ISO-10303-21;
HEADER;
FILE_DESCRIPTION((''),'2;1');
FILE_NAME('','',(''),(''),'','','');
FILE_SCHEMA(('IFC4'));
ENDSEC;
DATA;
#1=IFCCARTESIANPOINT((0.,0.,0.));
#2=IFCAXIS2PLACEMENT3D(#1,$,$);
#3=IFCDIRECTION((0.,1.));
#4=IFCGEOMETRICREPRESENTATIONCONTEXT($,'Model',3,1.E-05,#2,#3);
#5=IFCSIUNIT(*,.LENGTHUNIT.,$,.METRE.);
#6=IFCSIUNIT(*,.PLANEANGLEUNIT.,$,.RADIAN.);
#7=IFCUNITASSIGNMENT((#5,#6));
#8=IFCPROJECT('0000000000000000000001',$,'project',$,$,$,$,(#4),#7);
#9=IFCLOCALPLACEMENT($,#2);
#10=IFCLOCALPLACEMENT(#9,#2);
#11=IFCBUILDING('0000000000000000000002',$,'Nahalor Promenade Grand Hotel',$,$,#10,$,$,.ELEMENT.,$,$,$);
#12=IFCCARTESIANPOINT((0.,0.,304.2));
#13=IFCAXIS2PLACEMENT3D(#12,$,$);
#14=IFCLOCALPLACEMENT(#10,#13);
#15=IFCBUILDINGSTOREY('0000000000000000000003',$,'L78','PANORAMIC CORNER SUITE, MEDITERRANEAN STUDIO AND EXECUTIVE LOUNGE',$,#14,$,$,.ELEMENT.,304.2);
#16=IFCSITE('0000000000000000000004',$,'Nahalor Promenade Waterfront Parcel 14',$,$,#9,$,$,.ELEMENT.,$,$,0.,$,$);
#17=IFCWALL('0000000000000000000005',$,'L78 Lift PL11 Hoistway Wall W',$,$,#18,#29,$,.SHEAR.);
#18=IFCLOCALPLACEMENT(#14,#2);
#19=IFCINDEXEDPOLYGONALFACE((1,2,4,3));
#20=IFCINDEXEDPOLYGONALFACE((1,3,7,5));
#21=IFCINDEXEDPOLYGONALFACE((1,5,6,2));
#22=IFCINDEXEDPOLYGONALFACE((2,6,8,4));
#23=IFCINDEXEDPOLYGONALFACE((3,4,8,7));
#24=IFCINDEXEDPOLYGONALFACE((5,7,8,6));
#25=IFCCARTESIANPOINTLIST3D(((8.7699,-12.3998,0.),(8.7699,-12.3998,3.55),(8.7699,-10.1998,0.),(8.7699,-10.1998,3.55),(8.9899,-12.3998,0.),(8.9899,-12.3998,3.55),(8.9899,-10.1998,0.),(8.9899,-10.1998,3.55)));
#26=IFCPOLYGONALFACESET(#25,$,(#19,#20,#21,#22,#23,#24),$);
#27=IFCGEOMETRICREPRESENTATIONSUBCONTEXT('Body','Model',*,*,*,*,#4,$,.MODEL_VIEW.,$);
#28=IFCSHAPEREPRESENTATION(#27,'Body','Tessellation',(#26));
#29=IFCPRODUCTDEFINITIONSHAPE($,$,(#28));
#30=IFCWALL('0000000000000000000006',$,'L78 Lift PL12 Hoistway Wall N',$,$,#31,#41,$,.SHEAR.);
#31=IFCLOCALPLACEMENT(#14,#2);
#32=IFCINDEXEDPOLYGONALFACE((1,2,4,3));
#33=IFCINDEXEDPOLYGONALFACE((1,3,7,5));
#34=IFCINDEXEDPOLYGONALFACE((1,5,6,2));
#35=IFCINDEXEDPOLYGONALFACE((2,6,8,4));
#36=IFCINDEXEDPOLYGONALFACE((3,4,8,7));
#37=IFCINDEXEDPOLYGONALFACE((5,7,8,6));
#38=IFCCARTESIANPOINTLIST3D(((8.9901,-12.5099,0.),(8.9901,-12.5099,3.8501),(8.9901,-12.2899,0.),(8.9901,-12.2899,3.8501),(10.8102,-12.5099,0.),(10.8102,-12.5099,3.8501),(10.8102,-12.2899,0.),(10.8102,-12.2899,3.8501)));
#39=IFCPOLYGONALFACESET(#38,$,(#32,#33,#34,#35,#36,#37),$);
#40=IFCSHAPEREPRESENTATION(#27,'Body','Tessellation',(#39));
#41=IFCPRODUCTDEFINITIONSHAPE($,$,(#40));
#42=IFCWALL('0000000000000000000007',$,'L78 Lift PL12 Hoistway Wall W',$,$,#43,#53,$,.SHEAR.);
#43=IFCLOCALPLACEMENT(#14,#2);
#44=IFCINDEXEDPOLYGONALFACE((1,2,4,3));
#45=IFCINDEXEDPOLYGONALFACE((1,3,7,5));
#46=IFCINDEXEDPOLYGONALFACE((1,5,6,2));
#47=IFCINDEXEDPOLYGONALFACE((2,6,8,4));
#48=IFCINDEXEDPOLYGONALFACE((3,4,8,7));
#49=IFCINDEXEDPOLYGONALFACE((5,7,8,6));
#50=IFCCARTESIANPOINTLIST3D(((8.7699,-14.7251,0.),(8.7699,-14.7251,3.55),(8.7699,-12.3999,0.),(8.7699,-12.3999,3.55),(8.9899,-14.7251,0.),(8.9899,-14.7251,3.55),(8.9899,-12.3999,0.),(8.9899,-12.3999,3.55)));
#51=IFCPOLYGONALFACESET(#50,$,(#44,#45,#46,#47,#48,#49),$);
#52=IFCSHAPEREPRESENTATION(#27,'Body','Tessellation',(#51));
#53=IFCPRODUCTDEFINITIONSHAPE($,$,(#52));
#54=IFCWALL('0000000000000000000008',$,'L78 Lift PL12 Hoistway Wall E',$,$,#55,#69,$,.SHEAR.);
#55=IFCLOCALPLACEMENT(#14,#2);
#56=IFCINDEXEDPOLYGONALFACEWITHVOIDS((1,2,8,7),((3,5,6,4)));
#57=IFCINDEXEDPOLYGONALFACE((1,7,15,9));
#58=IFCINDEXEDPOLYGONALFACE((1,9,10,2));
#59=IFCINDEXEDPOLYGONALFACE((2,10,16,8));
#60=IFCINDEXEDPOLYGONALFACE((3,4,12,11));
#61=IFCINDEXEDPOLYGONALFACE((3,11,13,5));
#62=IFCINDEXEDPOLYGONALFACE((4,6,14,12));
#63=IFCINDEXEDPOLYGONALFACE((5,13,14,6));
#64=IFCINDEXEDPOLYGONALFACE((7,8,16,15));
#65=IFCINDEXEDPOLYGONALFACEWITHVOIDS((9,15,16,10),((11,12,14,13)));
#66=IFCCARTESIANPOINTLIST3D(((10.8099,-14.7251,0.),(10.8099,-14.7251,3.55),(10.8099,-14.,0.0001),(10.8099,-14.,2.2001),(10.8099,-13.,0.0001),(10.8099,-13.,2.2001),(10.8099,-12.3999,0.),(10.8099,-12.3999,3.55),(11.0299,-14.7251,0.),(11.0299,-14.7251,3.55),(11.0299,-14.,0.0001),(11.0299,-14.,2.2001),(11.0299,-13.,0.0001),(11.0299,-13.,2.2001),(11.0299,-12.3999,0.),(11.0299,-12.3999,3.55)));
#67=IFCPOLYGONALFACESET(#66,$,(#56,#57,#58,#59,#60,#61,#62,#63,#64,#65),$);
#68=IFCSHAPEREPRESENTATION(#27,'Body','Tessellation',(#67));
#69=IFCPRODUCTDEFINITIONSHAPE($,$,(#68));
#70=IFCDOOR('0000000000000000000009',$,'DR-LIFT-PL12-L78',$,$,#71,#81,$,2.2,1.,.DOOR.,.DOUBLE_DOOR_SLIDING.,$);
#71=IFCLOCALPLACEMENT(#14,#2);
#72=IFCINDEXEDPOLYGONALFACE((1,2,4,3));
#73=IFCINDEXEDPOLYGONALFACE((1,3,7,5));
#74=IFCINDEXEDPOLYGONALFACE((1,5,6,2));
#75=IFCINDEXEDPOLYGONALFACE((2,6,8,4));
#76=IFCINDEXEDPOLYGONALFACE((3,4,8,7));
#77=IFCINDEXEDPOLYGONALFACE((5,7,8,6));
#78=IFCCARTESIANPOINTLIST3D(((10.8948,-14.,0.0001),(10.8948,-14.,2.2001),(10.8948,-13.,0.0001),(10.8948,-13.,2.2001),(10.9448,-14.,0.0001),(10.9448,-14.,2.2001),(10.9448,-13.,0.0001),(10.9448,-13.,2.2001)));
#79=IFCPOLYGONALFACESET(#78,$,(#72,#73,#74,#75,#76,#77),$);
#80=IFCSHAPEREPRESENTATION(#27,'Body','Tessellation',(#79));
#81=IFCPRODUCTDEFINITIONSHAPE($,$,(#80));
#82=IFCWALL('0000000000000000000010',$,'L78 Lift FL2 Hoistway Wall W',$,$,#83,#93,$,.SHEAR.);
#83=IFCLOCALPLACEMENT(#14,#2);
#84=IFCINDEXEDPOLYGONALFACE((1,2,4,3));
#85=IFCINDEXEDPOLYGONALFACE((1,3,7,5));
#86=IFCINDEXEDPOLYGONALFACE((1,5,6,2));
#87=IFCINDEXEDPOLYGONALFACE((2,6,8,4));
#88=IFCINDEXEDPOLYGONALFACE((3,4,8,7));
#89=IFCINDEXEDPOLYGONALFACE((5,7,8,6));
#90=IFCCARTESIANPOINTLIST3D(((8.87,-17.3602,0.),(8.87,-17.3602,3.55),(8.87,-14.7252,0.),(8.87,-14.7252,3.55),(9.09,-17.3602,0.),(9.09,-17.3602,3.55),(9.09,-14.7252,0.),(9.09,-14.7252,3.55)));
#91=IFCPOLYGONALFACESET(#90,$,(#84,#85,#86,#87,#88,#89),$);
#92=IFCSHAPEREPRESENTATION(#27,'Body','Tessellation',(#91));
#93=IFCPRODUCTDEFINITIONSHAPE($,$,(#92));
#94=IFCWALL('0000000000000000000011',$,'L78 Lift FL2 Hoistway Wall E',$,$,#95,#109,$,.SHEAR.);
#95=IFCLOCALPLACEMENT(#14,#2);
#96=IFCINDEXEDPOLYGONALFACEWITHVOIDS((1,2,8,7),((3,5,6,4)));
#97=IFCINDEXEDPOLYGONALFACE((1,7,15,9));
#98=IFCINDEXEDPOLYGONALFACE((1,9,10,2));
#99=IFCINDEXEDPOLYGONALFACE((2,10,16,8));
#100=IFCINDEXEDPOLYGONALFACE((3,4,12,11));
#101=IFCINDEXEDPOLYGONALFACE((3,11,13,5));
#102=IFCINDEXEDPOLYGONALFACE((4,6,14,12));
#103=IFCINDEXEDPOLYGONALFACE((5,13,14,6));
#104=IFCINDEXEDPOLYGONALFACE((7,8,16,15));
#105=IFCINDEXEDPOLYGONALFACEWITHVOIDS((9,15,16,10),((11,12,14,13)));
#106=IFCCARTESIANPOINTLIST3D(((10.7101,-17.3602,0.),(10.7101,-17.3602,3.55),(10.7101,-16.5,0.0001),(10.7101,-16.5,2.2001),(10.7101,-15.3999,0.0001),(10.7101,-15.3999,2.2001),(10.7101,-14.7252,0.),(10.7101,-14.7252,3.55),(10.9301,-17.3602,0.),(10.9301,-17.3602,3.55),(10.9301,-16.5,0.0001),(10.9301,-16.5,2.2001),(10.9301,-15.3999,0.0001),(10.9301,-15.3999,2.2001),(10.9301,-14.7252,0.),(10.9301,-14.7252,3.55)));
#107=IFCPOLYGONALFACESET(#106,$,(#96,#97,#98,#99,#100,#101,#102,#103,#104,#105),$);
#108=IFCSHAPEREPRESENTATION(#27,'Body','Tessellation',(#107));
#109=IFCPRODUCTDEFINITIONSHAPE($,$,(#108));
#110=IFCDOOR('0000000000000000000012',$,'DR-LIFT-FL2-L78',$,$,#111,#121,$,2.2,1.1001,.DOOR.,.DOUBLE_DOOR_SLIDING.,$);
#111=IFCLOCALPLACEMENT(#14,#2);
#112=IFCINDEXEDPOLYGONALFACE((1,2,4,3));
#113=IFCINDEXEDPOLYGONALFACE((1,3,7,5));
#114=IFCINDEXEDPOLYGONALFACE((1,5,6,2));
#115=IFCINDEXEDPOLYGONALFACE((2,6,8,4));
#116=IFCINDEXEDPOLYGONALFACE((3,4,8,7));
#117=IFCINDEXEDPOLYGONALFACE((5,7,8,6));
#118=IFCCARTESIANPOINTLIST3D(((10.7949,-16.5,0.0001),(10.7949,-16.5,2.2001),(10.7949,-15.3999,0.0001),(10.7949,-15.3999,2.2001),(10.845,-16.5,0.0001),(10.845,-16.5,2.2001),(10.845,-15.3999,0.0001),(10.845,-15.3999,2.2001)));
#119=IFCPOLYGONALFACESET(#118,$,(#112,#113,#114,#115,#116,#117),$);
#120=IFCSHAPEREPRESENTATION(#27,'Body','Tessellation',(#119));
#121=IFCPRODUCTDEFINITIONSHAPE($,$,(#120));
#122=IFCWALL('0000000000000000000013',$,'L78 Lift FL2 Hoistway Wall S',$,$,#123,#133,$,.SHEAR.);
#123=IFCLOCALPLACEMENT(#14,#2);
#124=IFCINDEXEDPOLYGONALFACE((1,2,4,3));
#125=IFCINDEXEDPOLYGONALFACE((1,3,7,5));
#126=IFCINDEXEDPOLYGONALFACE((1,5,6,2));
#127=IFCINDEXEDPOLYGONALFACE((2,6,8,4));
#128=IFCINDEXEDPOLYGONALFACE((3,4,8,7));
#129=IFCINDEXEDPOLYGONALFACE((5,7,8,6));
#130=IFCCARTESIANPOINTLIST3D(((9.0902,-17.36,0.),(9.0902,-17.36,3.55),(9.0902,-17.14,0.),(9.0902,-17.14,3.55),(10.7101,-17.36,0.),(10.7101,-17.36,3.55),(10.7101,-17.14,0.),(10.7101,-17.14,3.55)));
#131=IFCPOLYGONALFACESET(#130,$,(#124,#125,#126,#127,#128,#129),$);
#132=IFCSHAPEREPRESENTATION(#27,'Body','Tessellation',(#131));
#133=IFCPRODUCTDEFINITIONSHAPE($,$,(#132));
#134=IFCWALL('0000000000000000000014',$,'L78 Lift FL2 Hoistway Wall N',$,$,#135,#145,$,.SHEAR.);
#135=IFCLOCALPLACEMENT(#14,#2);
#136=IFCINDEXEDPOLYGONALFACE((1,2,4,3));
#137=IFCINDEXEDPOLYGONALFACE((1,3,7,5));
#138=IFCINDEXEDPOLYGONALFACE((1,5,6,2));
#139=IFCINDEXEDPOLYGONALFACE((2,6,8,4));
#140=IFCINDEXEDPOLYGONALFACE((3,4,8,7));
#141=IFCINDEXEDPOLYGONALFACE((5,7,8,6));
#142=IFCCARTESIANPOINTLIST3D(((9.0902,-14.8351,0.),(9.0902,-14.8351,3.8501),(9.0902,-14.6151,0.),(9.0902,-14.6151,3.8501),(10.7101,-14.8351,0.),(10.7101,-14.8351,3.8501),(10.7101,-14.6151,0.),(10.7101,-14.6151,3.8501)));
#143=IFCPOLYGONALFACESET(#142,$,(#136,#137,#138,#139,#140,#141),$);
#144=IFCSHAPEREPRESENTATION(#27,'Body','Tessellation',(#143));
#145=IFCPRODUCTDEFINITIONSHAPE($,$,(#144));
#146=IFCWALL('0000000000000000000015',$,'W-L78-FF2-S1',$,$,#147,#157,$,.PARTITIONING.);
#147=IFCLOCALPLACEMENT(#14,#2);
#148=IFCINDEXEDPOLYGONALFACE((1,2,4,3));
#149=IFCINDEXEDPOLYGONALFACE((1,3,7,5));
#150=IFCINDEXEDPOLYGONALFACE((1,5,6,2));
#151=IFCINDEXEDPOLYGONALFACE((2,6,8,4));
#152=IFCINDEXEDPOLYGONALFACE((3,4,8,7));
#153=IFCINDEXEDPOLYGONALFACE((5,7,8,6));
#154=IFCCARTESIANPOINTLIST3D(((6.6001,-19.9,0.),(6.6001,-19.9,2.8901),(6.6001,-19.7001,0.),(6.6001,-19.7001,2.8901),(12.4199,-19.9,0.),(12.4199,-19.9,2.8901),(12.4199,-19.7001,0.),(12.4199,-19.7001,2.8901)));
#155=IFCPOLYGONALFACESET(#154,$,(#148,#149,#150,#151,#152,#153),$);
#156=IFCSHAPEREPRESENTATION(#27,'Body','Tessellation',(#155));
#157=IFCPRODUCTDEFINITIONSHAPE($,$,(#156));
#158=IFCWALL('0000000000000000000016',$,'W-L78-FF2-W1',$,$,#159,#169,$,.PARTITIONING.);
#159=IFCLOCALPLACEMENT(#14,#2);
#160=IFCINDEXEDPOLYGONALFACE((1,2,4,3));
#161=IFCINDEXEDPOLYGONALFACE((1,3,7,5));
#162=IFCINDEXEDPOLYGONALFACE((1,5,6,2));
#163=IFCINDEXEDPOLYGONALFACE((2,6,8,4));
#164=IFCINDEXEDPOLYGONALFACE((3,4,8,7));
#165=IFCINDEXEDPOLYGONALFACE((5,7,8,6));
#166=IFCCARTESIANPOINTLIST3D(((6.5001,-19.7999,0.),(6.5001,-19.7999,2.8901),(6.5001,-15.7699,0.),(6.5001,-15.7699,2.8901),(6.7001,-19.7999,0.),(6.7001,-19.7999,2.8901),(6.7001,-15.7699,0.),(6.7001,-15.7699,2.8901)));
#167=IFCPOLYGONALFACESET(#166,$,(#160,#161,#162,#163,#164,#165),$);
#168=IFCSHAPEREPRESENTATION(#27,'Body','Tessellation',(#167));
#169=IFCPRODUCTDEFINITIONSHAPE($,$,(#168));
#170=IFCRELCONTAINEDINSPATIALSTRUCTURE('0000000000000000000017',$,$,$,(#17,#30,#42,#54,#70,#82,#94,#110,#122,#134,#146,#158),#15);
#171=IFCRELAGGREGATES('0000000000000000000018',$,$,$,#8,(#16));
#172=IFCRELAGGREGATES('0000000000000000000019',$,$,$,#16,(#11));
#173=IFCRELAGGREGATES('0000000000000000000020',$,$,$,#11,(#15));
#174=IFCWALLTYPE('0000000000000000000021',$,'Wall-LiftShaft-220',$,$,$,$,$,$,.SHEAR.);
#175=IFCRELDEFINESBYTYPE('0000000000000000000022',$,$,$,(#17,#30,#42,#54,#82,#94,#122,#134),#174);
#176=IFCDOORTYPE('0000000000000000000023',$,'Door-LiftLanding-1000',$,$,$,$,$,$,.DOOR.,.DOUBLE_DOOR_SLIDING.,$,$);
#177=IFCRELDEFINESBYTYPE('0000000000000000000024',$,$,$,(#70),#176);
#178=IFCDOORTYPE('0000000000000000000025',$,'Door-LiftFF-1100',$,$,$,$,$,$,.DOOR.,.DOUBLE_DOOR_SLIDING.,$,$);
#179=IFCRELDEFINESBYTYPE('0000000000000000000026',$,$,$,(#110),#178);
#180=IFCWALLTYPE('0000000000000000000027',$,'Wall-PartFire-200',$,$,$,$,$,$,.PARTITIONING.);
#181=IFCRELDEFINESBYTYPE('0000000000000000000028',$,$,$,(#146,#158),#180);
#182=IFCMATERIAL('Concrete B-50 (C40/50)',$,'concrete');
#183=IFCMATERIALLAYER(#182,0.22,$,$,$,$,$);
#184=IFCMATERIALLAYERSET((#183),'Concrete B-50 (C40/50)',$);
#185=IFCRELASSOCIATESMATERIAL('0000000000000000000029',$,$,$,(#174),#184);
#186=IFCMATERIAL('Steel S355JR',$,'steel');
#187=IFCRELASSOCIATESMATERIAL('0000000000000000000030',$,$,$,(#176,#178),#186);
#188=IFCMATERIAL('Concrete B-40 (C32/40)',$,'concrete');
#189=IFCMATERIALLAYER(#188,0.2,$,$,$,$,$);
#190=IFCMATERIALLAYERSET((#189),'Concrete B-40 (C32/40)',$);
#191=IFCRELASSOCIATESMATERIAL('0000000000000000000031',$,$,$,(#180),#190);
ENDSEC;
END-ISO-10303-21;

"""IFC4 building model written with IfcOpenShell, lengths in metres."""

from ifc_helpers import new_model, si_unit, direction, frame, frame_2d, origin, place, context, subcontext, project, spatial, rectangle, extrude, source, transform, mapped, material, layer, layer_set, type_object, element, fill, save


model = new_model("IFC4")

# Units and contexts
model_context = context("Model", 3, precision=1e-05, world=origin(), true_north=direction((0.0, 1.0)))
body_context = subcontext(model_context, "Body", "Model", "MODEL_VIEW")
ifc_project = project(units=[si_unit("LENGTHUNIT", "METRE"), si_unit("PLANEANGLEUNIT", "RADIAN")], contexts=[model_context])

# Site, building, storey
site_placement = place(None, origin())
site = spatial("IfcSite", under=ifc_project, at=site_placement, Name="Nahalor Promenade Waterfront Parcel 14", CompositionType="ELEMENT", RefElevation=0.0)
building_placement = place(site_placement, origin())
building = spatial("IfcBuilding", under=site, at=building_placement, Name="Nahalor Promenade Grand Hotel", CompositionType="ELEMENT")
storey_placement = place(building_placement, frame((0.0, 0.0, 304.2)))
storey = spatial("IfcBuildingStorey", under=building, at=storey_placement, Name="L78", Description="PANORAMIC CORNER SUITE, MEDITERRANEAN STUDIO AND EXECUTIVE LOUNGE", CompositionType="ELEMENT", Elevation=304.2)

# Shared definitions
ifc_material_1 = material(Name="Concrete B-50 (C40/50)", Category="concrete")
ifc_material_2 = material(Name="Steel S355JR", Category="steel")

# Walls
ifc_layer_1 = layer(ifc_material_1, 0.22)
ifc_layer_set_1 = layer_set([ifc_layer_1], Name="Concrete B-50 (C40/50)")
wall_type_1 = type_object("IfcWallType", Name="Wall-LiftShaft-220", PredefinedType="SHEAR", material=ifc_layer_set_1)
shared_shape_1 = source(origin(), body_context, "Body", "SweptSolid", [
    extrude(rectangle(XDim=2.2, YDim=0.22, at=frame_2d((1.1001, 0.0))), origin(), (0.0, 0.0, 1.0), 3.55),
])
wall_1_placement = place(storey_placement, frame((8.8799, -12.3999, 0.0), z_axis=(0.0, 0.0, 1.0), x_axis=(0.0, 1.0, 0.0)))
element("IfcWall", 1, at=wall_1_placement, inside=storey, type_object=wall_type_1, Name="L78 Lift PL11 Hoistway Wall W", PredefinedType="SHEAR", context=body_context, shape_type="MappedRepresentation", body=[
    mapped(shared_shape_1, transform((0.0, 0.0, 0.0), scale=1.0)),
])
shared_shape_2 = source(origin(), body_context, "Body", "SweptSolid", [
    extrude(rectangle(XDim=1.8201, YDim=0.22, at=frame_2d((0.9102, 0.0))), origin(), (0.0, 0.0, 1.0), 3.8501),
])
wall_2_placement = place(storey_placement, frame((8.99, -12.3999, 0.0), z_axis=(0.0, 0.0, 1.0), x_axis=(1.0, 0.0, 0.0)))
element("IfcWall", 2, at=wall_2_placement, inside=storey, type_object=wall_type_1, Name="L78 Lift PL12 Hoistway Wall N", PredefinedType="SHEAR", context=body_context, shape_type="MappedRepresentation", body=[
    mapped(shared_shape_2, transform((0.0, 0.0, 0.0), scale=1.0)),
])
shared_shape_3 = source(origin(), body_context, "Body", "SweptSolid", [
    extrude(rectangle(XDim=2.3252, YDim=0.22, at=frame_2d((1.1626, 0.0))), origin(), (0.0, 0.0, 1.0), 3.55),
])
wall_3_placement = place(storey_placement, frame((8.8799, -14.7251, 0.0), z_axis=(0.0, 0.0, 1.0), x_axis=(0.0, 1.0, 0.0)))
element("IfcWall", 3, at=wall_3_placement, inside=storey, type_object=wall_type_1, Name="L78 Lift PL12 Hoistway Wall W", PredefinedType="SHEAR", context=body_context, shape_type="MappedRepresentation", body=[
    mapped(shared_shape_3, transform((0.0, 0.0, 0.0), scale=1.0)),
])

# Wall, opening, door
wall_4_placement = place(storey_placement, frame((10.9199, -14.7251, 0.0), z_axis=(0.0, 0.0, 1.0), x_axis=(0.0, 1.0, 0.0)))
wall_4 = element("IfcWall", 4, at=wall_4_placement, inside=storey, type_object=wall_type_1, Name="L78 Lift PL12 Hoistway Wall E", PredefinedType="SHEAR", context=body_context, shape_type="MappedRepresentation", body=[
    mapped(shared_shape_3, transform((0.0, 0.0, 0.0), scale=1.0)),
])
opening_1_placement = place(wall_4_placement, frame((0.7251, 0.0, 0.0)))
opening_1 = element("IfcOpeningElement", 5, at=opening_1_placement, cuts=wall_4, PredefinedType="OPENING", context=body_context, shape_type="SweptSolid", body=[
    extrude(rectangle(XDim=1.0, YDim=2.2, at=frame_2d((0.5, 1.1001))), frame((0.0, 0.1199, 0.0), z_axis=(0.0, -1.0, 0.0), x_axis=(1.0, 0.0, 0.0)), (0.0, 0.0, 1.0), 0.24),
])
door_type_1 = type_object("IfcDoorType", Name="Door-LiftLanding-1000", OperationType="DOUBLE_DOOR_SLIDING", PredefinedType="DOOR", material=ifc_material_2)
shared_shape_4 = source(origin(), body_context, "Body", "SweptSolid", [
    extrude(rectangle(XDim=1.0, YDim=2.2, at=frame_2d((0.5, 1.1001))), frame((0.0, 0.0249, 0.0), z_axis=(0.0, -1.0, 0.0), x_axis=(1.0, 0.0, 0.0)), (0.0, 0.0, 1.0), 0.05),
])
door_1_placement = place(opening_1_placement, frame((1.0, 0.0, 0.0), z_axis=(0.0, 0.0, 1.0), x_axis=(-1.0, 0.0, 0.0)))
door_1 = element("IfcDoor", 6, at=door_1_placement, inside=storey, type_object=door_type_1, Name="DR-LIFT-PL12-L78", OperationType="DOUBLE_DOOR_SLIDING", OverallHeight=2.2, OverallWidth=1.0, PredefinedType="DOOR", context=body_context, shape_type="MappedRepresentation", body=[
    mapped(shared_shape_4, transform((0.0, 0.0, 0.0), scale=1.0)),
])
fill(opening_1, door_1)

# Wall
shared_shape_5 = source(origin(), body_context, "Body", "SweptSolid", [
    extrude(rectangle(XDim=2.635, YDim=0.22, at=frame_2d((1.3174, 0.0))), origin(), (0.0, 0.0, 1.0), 3.55),
])
wall_5_placement = place(storey_placement, frame((8.98, -17.3601, 0.0), z_axis=(0.0, 0.0, 1.0), x_axis=(0.0, 1.0, 0.0)))
element("IfcWall", 7, at=wall_5_placement, inside=storey, type_object=wall_type_1, Name="L78 Lift FL2 Hoistway Wall W", PredefinedType="SHEAR", context=body_context, shape_type="MappedRepresentation", body=[
    mapped(shared_shape_5, transform((0.0, 0.0, 0.0), scale=1.0)),
])

# Wall, opening, door
wall_6_placement = place(storey_placement, frame((10.8201, -17.3601, 0.0), z_axis=(0.0, 0.0, 1.0), x_axis=(0.0, 1.0, 0.0)))
wall_6 = element("IfcWall", 8, at=wall_6_placement, inside=storey, type_object=wall_type_1, Name="L78 Lift FL2 Hoistway Wall E", PredefinedType="SHEAR", context=body_context, shape_type="MappedRepresentation", body=[
    mapped(shared_shape_5, transform((0.0, 0.0, 0.0), scale=1.0)),
])
opening_2_placement = place(wall_6_placement, frame((0.8601, 0.0, 0.0)))
opening_2 = element("IfcOpeningElement", 9, at=opening_2_placement, cuts=wall_6, PredefinedType="OPENING", context=body_context, shape_type="SweptSolid", body=[
    extrude(rectangle(XDim=1.1001, YDim=2.2, at=frame_2d((0.55, 1.1001))), frame((0.0, 0.1199, 0.0), z_axis=(0.0, -1.0, 0.0), x_axis=(1.0, 0.0, 0.0)), (0.0, 0.0, 1.0), 0.24),
])
door_type_2 = type_object("IfcDoorType", Name="Door-LiftFF-1100", OperationType="DOUBLE_DOOR_SLIDING", PredefinedType="DOOR", material=ifc_material_2)
shared_shape_6 = source(origin(), body_context, "Body", "SweptSolid", [
    extrude(rectangle(XDim=1.1001, YDim=2.2, at=frame_2d((0.55, 1.1001))), frame((0.0, 0.0249, 0.0), z_axis=(0.0, -1.0, 0.0), x_axis=(1.0, 0.0, 0.0)), (0.0, 0.0, 1.0), 0.05),
])
door_2_placement = place(opening_2_placement, frame((1.1001, 0.0, 0.0), z_axis=(0.0, 0.0, 1.0), x_axis=(-1.0, 0.0, 0.0)))
door_2 = element("IfcDoor", 10, at=door_2_placement, inside=storey, type_object=door_type_2, Name="DR-LIFT-FL2-L78", OperationType="DOUBLE_DOOR_SLIDING", OverallHeight=2.2, OverallWidth=1.1001, PredefinedType="DOOR", context=body_context, shape_type="MappedRepresentation", body=[
    mapped(shared_shape_6, transform((0.0, 0.0, 0.0), scale=1.0)),
])
fill(opening_2, door_2)

# Walls
shared_shape_7 = source(origin(), body_context, "Body", "SweptSolid", [
    extrude(rectangle(XDim=1.6199, YDim=0.22, at=frame_2d((0.8101, 0.0))), origin(), (0.0, 0.0, 1.0), 3.55),
])
wall_7_placement = place(storey_placement, frame((9.0901, -17.25, 0.0), z_axis=(0.0, 0.0, 1.0), x_axis=(1.0, 0.0, 0.0)))
element("IfcWall", 11, at=wall_7_placement, inside=storey, type_object=wall_type_1, Name="L78 Lift FL2 Hoistway Wall S", PredefinedType="SHEAR", context=body_context, shape_type="MappedRepresentation", body=[
    mapped(shared_shape_7, transform((0.0, 0.0, 0.0), scale=1.0)),
])
shared_shape_8 = source(origin(), body_context, "Body", "SweptSolid", [
    extrude(rectangle(XDim=1.6199, YDim=0.22, at=frame_2d((0.8101, 0.0))), origin(), (0.0, 0.0, 1.0), 3.8501),
])
wall_8_placement = place(storey_placement, frame((9.0901, -14.7251, 0.0), z_axis=(0.0, 0.0, 1.0), x_axis=(1.0, 0.0, 0.0)))
element("IfcWall", 12, at=wall_8_placement, inside=storey, type_object=wall_type_1, Name="L78 Lift FL2 Hoistway Wall N", PredefinedType="SHEAR", context=body_context, shape_type="MappedRepresentation", body=[
    mapped(shared_shape_8, transform((0.0, 0.0, 0.0), scale=1.0)),
])
ifc_material_3 = material(Name="Concrete B-40 (C32/40)", Category="concrete")
ifc_layer_2 = layer(ifc_material_3, 0.2)
ifc_layer_set_2 = layer_set([ifc_layer_2], Name="Concrete B-40 (C32/40)")
wall_type_2 = type_object("IfcWallType", Name="Wall-PartFire-200", PredefinedType="PARTITIONING", material=ifc_layer_set_2)
shared_shape_9 = source(origin(), body_context, "Body", "SweptSolid", [
    extrude(rectangle(XDim=5.8198, YDim=0.2, at=frame_2d((2.9099, 0.0))), origin(), (0.0, 0.0, 1.0), 2.8901),
])
wall_9_placement = place(storey_placement, frame((6.6001, -19.8, 0.0), z_axis=(0.0, 0.0, 1.0), x_axis=(1.0, 0.0, 0.0)))
element("IfcWall", 13, at=wall_9_placement, inside=storey, type_object=wall_type_2, Name="W-L78-FF2-S1", PredefinedType="PARTITIONING", context=body_context, shape_type="MappedRepresentation", body=[
    mapped(shared_shape_9, transform((0.0, 0.0, 0.0), scale=1.0)),
])
shared_shape_10 = source(origin(), body_context, "Body", "SweptSolid", [
    extrude(rectangle(XDim=4.03, YDim=0.2, at=frame_2d((2.0151, 0.0))), origin(), (0.0, 0.0, 1.0), 2.8901),
])
wall_10_placement = place(storey_placement, frame((6.6001, -19.8, 0.0), z_axis=(0.0, 0.0, 1.0), x_axis=(0.0, 1.0, 0.0)))
element("IfcWall", 14, at=wall_10_placement, inside=storey, type_object=wall_type_2, Name="W-L78-FF2-W1", PredefinedType="PARTITIONING", context=body_context, shape_type="MappedRepresentation", body=[
    mapped(shared_shape_10, transform((0.0, 0.0, 0.0), scale=1.0)),
])

save(model, "model.ifc")
